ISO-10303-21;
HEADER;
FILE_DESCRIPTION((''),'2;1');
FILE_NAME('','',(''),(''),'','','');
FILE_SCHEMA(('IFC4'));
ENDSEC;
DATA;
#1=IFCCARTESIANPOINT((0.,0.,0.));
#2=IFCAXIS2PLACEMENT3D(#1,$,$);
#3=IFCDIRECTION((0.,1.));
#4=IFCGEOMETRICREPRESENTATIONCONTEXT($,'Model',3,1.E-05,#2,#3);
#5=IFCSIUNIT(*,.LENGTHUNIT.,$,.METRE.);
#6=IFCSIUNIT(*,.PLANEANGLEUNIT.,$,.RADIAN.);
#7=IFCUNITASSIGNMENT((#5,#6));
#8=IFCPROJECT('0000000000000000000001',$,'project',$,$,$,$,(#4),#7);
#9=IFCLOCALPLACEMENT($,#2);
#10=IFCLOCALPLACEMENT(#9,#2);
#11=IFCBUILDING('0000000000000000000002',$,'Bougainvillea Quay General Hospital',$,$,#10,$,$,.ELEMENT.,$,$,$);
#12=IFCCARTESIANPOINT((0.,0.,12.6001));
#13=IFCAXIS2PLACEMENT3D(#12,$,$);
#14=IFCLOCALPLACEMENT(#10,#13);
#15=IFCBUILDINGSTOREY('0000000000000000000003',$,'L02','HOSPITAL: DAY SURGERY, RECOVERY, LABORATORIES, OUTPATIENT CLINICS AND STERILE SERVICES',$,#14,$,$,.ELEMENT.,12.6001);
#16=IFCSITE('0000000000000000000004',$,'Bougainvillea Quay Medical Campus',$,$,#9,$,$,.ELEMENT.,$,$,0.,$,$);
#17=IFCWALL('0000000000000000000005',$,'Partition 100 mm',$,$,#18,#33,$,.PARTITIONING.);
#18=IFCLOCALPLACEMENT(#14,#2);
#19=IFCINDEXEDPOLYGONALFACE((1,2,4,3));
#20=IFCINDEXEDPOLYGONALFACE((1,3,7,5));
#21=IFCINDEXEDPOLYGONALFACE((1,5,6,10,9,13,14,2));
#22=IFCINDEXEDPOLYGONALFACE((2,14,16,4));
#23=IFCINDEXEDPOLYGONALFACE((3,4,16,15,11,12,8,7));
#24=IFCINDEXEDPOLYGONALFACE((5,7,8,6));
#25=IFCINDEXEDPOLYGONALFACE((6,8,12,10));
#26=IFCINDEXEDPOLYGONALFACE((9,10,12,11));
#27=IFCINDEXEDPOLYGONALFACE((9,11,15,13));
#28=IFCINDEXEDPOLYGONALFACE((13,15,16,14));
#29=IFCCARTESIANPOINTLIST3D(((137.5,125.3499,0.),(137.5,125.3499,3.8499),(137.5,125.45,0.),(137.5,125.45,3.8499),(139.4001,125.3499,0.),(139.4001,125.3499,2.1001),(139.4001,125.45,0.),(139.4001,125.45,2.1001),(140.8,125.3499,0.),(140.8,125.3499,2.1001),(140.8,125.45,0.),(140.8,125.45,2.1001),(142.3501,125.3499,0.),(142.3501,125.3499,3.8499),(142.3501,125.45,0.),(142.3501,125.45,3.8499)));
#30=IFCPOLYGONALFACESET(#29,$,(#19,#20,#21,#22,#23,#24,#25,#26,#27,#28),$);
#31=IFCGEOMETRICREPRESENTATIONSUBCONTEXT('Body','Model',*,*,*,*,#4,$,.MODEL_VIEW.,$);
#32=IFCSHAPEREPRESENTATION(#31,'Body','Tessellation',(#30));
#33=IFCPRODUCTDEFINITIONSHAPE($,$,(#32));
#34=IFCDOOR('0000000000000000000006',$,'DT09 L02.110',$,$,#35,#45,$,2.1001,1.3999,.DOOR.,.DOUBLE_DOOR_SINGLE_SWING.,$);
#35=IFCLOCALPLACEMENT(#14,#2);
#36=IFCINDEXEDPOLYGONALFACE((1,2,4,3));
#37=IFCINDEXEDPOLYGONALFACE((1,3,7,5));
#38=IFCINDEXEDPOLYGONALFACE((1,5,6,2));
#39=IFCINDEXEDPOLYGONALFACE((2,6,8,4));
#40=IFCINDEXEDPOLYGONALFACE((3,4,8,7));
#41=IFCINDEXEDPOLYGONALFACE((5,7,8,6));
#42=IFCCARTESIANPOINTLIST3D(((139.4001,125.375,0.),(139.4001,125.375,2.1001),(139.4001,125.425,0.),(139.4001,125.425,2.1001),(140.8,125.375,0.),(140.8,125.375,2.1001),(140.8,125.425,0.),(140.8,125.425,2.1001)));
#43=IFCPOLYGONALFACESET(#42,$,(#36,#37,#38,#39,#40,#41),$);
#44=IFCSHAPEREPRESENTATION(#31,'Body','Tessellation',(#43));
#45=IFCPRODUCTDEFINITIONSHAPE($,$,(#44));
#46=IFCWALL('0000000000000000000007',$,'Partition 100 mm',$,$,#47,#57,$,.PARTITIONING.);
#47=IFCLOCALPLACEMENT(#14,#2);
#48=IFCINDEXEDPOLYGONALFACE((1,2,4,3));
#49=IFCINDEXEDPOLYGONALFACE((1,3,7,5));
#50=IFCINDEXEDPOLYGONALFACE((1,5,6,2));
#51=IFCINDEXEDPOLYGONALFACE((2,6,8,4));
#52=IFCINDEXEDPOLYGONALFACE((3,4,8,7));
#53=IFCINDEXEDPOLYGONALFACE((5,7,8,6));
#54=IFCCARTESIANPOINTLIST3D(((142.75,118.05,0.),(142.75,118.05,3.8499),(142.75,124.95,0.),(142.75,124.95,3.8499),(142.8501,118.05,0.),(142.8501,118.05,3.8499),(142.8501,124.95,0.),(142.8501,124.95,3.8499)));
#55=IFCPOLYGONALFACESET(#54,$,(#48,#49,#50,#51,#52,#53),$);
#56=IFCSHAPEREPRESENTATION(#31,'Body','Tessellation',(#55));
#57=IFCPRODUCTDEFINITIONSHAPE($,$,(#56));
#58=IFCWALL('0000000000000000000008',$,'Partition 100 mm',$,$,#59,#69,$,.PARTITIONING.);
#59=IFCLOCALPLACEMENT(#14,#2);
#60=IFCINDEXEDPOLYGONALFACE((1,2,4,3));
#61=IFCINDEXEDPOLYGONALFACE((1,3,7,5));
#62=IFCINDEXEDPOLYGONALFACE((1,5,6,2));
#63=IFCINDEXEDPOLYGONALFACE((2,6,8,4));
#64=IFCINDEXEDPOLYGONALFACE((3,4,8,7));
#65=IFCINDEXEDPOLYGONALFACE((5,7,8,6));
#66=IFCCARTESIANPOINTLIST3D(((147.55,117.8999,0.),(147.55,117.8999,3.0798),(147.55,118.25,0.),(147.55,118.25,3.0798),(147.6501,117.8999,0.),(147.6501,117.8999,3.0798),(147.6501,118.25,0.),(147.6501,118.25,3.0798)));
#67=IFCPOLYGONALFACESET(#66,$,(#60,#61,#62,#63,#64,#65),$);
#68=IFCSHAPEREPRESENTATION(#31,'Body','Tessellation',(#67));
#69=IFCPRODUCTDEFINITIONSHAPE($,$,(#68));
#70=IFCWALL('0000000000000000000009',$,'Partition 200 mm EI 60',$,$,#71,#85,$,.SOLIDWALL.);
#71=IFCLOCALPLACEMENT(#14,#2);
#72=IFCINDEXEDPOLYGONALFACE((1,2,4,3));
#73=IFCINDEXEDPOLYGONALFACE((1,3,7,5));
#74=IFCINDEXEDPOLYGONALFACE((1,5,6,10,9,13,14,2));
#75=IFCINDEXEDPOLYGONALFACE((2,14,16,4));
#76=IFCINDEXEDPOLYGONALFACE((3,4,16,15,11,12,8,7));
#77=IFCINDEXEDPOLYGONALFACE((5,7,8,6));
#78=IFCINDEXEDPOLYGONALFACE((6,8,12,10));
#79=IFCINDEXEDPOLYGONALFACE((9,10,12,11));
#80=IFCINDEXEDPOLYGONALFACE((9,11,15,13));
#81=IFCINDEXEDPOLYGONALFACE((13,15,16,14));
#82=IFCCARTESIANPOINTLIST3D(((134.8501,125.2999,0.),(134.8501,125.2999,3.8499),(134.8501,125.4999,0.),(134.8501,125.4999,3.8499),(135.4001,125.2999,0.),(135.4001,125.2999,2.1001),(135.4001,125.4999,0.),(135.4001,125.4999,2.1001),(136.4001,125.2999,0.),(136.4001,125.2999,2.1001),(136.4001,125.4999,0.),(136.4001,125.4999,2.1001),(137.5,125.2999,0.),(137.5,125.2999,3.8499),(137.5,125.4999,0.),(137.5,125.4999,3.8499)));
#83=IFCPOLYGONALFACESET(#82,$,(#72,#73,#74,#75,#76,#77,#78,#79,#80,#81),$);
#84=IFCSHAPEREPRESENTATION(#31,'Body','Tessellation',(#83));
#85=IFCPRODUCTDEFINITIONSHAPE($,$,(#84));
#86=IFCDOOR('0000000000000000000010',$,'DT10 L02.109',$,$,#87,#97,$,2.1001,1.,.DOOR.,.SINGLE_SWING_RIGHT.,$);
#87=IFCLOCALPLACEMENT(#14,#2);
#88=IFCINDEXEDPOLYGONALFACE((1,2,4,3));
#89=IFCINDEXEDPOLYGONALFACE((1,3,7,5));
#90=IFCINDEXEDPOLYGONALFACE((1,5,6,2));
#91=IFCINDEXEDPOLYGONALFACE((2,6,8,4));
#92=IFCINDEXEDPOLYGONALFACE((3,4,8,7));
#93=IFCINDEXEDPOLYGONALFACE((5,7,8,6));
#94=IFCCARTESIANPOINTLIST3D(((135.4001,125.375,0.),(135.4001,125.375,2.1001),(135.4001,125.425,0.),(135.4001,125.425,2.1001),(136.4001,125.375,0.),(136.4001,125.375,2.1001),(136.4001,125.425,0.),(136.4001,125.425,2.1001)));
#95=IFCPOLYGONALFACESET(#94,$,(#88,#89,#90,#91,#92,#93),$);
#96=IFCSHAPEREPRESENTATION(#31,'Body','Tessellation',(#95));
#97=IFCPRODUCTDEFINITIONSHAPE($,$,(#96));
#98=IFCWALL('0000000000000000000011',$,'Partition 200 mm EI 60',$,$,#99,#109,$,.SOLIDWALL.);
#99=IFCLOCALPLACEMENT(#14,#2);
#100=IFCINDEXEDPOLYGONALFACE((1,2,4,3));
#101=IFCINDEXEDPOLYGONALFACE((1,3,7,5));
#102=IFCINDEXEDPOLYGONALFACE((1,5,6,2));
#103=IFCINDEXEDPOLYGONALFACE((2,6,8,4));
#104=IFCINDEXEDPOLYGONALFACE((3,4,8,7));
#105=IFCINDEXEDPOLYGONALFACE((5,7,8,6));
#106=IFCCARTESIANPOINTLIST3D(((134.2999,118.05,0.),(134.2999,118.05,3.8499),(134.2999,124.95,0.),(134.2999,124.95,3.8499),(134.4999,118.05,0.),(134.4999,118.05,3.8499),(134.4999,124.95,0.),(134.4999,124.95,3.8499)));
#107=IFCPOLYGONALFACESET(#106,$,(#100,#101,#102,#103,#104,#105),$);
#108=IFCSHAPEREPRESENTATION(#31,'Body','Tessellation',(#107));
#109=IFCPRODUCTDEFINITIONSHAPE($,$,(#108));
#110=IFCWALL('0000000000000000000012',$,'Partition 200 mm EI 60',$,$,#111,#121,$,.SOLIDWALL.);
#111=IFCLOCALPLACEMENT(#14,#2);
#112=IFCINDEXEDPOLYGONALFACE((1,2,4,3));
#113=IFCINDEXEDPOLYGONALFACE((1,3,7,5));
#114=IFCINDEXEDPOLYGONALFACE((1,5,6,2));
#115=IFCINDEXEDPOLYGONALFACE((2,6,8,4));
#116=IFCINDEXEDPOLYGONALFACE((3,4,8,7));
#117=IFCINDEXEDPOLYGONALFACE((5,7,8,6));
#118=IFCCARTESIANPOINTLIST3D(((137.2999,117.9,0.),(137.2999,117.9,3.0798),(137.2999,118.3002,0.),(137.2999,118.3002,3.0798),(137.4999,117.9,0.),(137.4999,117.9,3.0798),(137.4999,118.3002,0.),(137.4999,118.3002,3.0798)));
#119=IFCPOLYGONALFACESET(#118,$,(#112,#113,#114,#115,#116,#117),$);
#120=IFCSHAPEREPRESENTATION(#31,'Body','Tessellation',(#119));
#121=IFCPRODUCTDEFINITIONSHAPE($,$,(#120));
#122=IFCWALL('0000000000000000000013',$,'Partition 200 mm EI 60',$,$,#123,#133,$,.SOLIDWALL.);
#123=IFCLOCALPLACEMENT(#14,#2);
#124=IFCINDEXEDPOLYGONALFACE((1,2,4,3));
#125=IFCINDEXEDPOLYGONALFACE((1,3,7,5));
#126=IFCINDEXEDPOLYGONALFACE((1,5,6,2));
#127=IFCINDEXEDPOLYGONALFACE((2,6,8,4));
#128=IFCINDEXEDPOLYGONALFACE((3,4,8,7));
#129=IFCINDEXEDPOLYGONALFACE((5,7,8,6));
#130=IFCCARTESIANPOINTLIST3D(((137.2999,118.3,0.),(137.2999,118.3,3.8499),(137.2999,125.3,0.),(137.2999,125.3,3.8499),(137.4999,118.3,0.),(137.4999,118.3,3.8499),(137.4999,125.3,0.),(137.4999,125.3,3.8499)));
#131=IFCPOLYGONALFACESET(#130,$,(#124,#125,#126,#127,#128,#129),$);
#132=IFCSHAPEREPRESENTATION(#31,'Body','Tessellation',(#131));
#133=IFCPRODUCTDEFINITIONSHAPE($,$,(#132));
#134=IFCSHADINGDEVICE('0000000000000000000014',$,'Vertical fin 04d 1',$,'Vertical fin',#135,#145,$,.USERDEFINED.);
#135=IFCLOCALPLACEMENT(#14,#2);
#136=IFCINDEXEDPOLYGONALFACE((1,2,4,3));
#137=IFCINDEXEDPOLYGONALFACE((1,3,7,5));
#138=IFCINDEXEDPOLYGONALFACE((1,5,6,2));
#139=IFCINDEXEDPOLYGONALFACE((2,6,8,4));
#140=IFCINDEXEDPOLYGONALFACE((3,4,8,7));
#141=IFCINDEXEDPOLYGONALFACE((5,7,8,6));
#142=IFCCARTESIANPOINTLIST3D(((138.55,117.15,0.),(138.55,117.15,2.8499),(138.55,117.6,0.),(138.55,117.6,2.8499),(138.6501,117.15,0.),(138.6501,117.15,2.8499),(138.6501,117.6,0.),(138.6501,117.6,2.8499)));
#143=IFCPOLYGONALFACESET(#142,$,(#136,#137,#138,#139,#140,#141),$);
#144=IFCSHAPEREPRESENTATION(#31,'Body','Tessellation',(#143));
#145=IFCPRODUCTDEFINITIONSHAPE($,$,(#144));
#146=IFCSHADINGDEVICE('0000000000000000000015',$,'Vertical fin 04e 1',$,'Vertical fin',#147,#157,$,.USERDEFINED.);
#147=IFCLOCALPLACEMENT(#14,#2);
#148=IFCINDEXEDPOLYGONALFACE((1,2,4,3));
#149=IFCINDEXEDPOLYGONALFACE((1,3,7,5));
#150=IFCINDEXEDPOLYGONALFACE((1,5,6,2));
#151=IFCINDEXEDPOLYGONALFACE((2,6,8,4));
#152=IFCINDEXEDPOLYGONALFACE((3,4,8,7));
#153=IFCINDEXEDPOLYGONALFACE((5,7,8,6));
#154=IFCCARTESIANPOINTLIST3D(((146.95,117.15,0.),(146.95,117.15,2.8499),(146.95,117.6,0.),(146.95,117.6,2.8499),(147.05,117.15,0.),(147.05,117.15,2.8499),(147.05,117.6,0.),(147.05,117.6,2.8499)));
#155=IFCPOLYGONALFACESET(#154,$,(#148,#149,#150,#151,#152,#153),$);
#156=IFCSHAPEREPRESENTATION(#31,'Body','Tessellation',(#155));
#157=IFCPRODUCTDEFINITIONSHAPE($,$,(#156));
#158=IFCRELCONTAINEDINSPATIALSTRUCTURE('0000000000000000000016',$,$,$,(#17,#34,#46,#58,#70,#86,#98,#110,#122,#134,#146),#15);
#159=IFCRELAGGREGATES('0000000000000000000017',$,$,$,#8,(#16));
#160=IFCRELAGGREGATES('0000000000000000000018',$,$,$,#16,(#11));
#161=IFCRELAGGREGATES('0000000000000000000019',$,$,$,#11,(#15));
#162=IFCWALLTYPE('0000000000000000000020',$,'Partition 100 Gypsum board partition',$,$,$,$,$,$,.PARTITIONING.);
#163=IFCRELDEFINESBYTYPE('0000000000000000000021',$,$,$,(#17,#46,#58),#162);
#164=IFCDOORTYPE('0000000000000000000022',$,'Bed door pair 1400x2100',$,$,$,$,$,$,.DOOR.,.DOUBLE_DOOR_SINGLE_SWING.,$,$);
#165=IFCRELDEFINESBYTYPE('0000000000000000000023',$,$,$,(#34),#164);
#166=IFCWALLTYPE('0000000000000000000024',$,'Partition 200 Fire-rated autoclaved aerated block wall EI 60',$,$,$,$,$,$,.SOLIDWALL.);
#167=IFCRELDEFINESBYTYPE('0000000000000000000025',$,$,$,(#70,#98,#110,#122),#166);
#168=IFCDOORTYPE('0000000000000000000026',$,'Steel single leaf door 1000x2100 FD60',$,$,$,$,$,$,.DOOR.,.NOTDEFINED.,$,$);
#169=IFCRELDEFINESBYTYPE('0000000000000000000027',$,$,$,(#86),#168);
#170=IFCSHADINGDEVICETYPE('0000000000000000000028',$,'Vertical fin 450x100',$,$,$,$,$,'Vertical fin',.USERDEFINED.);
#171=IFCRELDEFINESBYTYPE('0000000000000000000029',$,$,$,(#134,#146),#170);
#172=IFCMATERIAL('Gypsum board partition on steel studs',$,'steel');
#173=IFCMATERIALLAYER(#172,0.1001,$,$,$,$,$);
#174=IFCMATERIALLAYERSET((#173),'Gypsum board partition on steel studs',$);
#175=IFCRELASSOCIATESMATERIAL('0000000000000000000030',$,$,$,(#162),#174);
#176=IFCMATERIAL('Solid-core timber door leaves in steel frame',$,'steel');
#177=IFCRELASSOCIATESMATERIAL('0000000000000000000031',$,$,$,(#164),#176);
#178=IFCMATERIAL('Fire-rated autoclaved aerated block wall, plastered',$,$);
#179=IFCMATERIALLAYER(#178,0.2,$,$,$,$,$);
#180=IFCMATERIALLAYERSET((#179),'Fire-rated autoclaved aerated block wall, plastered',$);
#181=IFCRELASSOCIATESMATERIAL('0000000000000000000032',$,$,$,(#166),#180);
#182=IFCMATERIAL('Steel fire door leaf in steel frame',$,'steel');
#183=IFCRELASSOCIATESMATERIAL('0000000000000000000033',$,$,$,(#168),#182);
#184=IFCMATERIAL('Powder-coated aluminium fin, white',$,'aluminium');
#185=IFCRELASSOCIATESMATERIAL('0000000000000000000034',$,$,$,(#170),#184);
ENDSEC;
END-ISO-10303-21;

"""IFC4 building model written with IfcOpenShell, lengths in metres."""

from ifc_helpers import new_model, si_unit, direction, frame, frame_2d, origin, origin_2d, place, context, subcontext, project, spatial, rectangle, extrude, material, layer, layer_set, material_profile, profile_set, type_object, element, fill, save


model = new_model("IFC4")

# Units and contexts
model_context = context("Model", 3, precision=1e-05, world=origin(), true_north=direction((0.0, 1.0)))
body_context = subcontext(model_context, "Body", "Model", "MODEL_VIEW")
ifc_project = project(units=[si_unit("LENGTHUNIT", "METRE"), si_unit("PLANEANGLEUNIT", "RADIAN")], contexts=[model_context])

# Site, building, storey
site_placement = place(None, origin())
site = spatial("IfcSite", under=ifc_project, at=site_placement, Name="Bougainvillea Quay Medical Campus", CompositionType="ELEMENT", RefElevation=0.0)
building_placement = place(site_placement, origin())
building = spatial("IfcBuilding", under=site, at=building_placement, Name="Bougainvillea Quay General Hospital", CompositionType="ELEMENT")
storey_placement = place(building_placement, frame((0.0, 0.0, 12.6001)))
storey = spatial("IfcBuildingStorey", under=building, at=storey_placement, Name="L02", Description="HOSPITAL: DAY SURGERY, RECOVERY, LABORATORIES, OUTPATIENT CLINICS AND STERILE SERVICES", CompositionType="ELEMENT", Elevation=12.6001)

# Wall, opening, door
ifc_material_1 = material(Name="Gypsum board partition on steel studs", Category="steel")
ifc_layer_1 = layer(ifc_material_1, 0.1001)
ifc_layer_set_1 = layer_set([ifc_layer_1], Name="Gypsum board partition on steel studs")
wall_type_1 = type_object("IfcWallType", Name="Partition 100 Gypsum board partition", PredefinedType="PARTITIONING", material=ifc_layer_set_1)
wall_1_placement = place(storey_placement, frame((142.3501, 125.3999, 0.0), z_axis=(0.0, 0.0, 1.0), x_axis=(-1.0, 0.0, 0.0)))
wall_1 = element("IfcWall", 1, at=wall_1_placement, inside=storey, type_object=wall_type_1, Name="Partition 100 mm", PredefinedType="PARTITIONING", context=body_context, shape_type="SweptSolid", body=[
    extrude(rectangle(XDim=4.8501, YDim=0.1001, at=frame_2d((2.425, 0.0))), origin(), (0.0, 0.0, 1.0), 3.8499),
])
opening_1_placement = place(wall_1_placement, frame((1.55, 0.0, 0.0)))
opening_1 = element("IfcOpeningElement", 2, at=opening_1_placement, cuts=wall_1, PredefinedType="OPENING", context=body_context, shape_type="SweptSolid", body=[
    extrude(rectangle(XDim=1.3999, YDim=2.1001, at=frame_2d((0.7, 1.05))), frame((0.0, 0.0601, 0.0), z_axis=(0.0, -1.0, 0.0), x_axis=(1.0, 0.0, 0.0)), (0.0, 0.0, 1.0), 0.1201),
])
ifc_material_2 = material(Name="Solid-core timber door leaves in steel frame", Category="steel")
door_type_1 = type_object("IfcDoorType", Name="Bed door pair 1400x2100", OperationType="DOUBLE_DOOR_SINGLE_SWING", PredefinedType="DOOR", material=ifc_material_2)
door_1_placement = place(opening_1_placement, origin())
door_1 = element("IfcDoor", 3, at=door_1_placement, inside=storey, type_object=door_type_1, Name="DT09 L02.110", OperationType="DOUBLE_DOOR_SINGLE_SWING", OverallHeight=2.1001, OverallWidth=1.3999, PredefinedType="DOOR", context=body_context, shape_type="SweptSolid", body=[
    extrude(rectangle(XDim=1.3999, YDim=2.1001, at=frame_2d((0.7, 1.05))), frame((0.0, 0.0249, 0.0), z_axis=(0.0, -1.0, 0.0), x_axis=(1.0, 0.0, 0.0)), (0.0, 0.0, 1.0), 0.05),
])
fill(opening_1, door_1)

# Walls
wall_2_placement = place(storey_placement, frame((142.8, 118.05, 0.0), z_axis=(0.0, 0.0, 1.0), x_axis=(0.0, 1.0, 0.0)))
element("IfcWall", 4, at=wall_2_placement, inside=storey, type_object=wall_type_1, Name="Partition 100 mm", PredefinedType="PARTITIONING", context=body_context, shape_type="SweptSolid", body=[
    extrude(rectangle(XDim=6.8999, YDim=0.1001, at=frame_2d((3.45, 0.0))), origin(), (0.0, 0.0, 1.0), 3.8499),
])
wall_3_placement = place(storey_placement, frame((147.6001, 117.8999, 0.0), z_axis=(0.0, 0.0, 1.0), x_axis=(0.0, 1.0, 0.0)))
element("IfcWall", 5, at=wall_3_placement, inside=storey, type_object=wall_type_1, Name="Partition 100 mm", PredefinedType="PARTITIONING", context=body_context, shape_type="SweptSolid", body=[
    extrude(rectangle(XDim=0.3501, YDim=0.1001, at=frame_2d((0.175, 0.0))), origin(), (0.0, 0.0, 1.0), 3.0798),
])

# Wall, opening, door
ifc_material_3 = material(Name="Fire-rated autoclaved aerated block wall, plastered")
ifc_layer_2 = layer(ifc_material_3, 0.2)
ifc_layer_set_2 = layer_set([ifc_layer_2], Name="Fire-rated autoclaved aerated block wall, plastered")
wall_type_2 = type_object("IfcWallType", Name="Partition 200 Fire-rated autoclaved aerated block wall EI 60", PredefinedType="SOLIDWALL", material=ifc_layer_set_2)
wall_4_placement = place(storey_placement, frame((134.8501, 125.3999, 0.0), z_axis=(0.0, 0.0, 1.0), x_axis=(1.0, 0.0, 0.0)))
wall_4 = element("IfcWall", 6, at=wall_4_placement, inside=storey, type_object=wall_type_2, Name="Partition 200 mm EI 60", PredefinedType="SOLIDWALL", context=body_context, shape_type="SweptSolid", body=[
    extrude(rectangle(XDim=2.6499, YDim=0.2, at=frame_2d((1.325, 0.0))), origin(), (0.0, 0.0, 1.0), 3.8499),
])
opening_2_placement = place(wall_4_placement, frame((0.55, 0.0, 0.0)))
opening_2 = element("IfcOpeningElement", 7, at=opening_2_placement, cuts=wall_4, PredefinedType="OPENING", context=body_context, shape_type="SweptSolid", body=[
    extrude(rectangle(XDim=1.0, YDim=2.1001, at=frame_2d((0.5, 1.05))), frame((0.0, 0.1099, 0.0), z_axis=(0.0, -1.0, 0.0), x_axis=(1.0, 0.0, 0.0)), (0.0, 0.0, 1.0), 0.22),
])
ifc_material_4 = material(Name="Steel fire door leaf in steel frame", Category="steel")
door_type_2 = type_object("IfcDoorType", Name="Steel single leaf door 1000x2100 FD60", OperationType="NOTDEFINED", PredefinedType="DOOR", material=ifc_material_4)
door_2_placement = place(opening_2_placement, frame((1.0, 0.0, 0.0), z_axis=(0.0, 0.0, 1.0), x_axis=(-1.0, 0.0, 0.0)))
door_2 = element("IfcDoor", 8, at=door_2_placement, inside=storey, type_object=door_type_2, Name="DT10 L02.109", OperationType="SINGLE_SWING_RIGHT", OverallHeight=2.1001, OverallWidth=1.0, PredefinedType="DOOR", context=body_context, shape_type="SweptSolid", body=[
    extrude(rectangle(XDim=1.0, YDim=2.1001, at=frame_2d((0.5, 1.05))), frame((0.0, 0.0249, 0.0), z_axis=(0.0, -1.0, 0.0), x_axis=(1.0, 0.0, 0.0)), (0.0, 0.0, 1.0), 0.05),
])
fill(opening_2, door_2)

# Walls
wall_5_placement = place(storey_placement, frame((134.3999, 118.05, 0.0), z_axis=(0.0, 0.0, 1.0), x_axis=(0.0, 1.0, 0.0)))
element("IfcWall", 9, at=wall_5_placement, inside=storey, type_object=wall_type_2, Name="Partition 200 mm EI 60", PredefinedType="SOLIDWALL", context=body_context, shape_type="SweptSolid", body=[
    extrude(rectangle(XDim=6.8999, YDim=0.2, at=frame_2d((3.45, 0.0))), origin(), (0.0, 0.0, 1.0), 3.8499),
])
wall_6_placement = place(storey_placement, frame((137.3999, 117.8999, 0.0), z_axis=(0.0, 0.0, 1.0), x_axis=(0.0, 1.0, 0.0)))
element("IfcWall", 10, at=wall_6_placement, inside=storey, type_object=wall_type_2, Name="Partition 200 mm EI 60", PredefinedType="SOLIDWALL", context=body_context, shape_type="SweptSolid", body=[
    extrude(rectangle(XDim=0.4001, YDim=0.2, at=frame_2d((0.2002, 0.0))), origin(), (0.0, 0.0, 1.0), 3.0798),
])
wall_7_placement = place(storey_placement, frame((137.3999, 118.3, 0.0), z_axis=(0.0, 0.0, 1.0), x_axis=(0.0, 1.0, 0.0)))
element("IfcWall", 11, at=wall_7_placement, inside=storey, type_object=wall_type_2, Name="Partition 200 mm EI 60", PredefinedType="SOLIDWALL", context=body_context, shape_type="SweptSolid", body=[
    extrude(rectangle(XDim=7.0, YDim=0.2, at=frame_2d((3.5, 0.0))), origin(), (0.0, 0.0, 1.0), 3.8499),
])

# Shading devices
ifc_material_5 = material(Name="Powder-coated aluminium fin, white", Category="aluminium")
ifc_material_profile_1 = material_profile(ifc_material_5, rectangle(XDim=0.45, YDim=0.1001, at=origin_2d()))
ifc_profile_set_1 = profile_set([ifc_material_profile_1], Name="Powder-coated aluminium fin, white")
shading_device_type = type_object("IfcShadingDeviceType", Name="Vertical fin 450x100", ElementType="Vertical fin", PredefinedType="USERDEFINED", material=ifc_profile_set_1)
for number, where, z_axis, x_axis, name in (
    (12, (138.6001, 117.375, 0.0), (0.0, 0.0, 1.0), (0.0, -1.0, 0.0), "Vertical fin 04d 1"),
    (13, (147.0, 117.375, 0.0), (0.0, 0.0, 1.0), (0.0, -1.0, 0.0), "Vertical fin 04e 1"),
):
    element("IfcShadingDevice", number, at=place(storey_placement, frame(where, z_axis=z_axis, x_axis=x_axis)), inside=storey, type_object=shading_device_type, Name=name, ObjectType="Vertical fin", PredefinedType="USERDEFINED", context=body_context, shape_type="SweptSolid", body=[
        extrude(rectangle(XDim=0.45, YDim=0.1001, at=origin_2d()), origin(), (0.0, 0.0, 1.0), 2.8499),
    ])

save(model, "model.ifc")
